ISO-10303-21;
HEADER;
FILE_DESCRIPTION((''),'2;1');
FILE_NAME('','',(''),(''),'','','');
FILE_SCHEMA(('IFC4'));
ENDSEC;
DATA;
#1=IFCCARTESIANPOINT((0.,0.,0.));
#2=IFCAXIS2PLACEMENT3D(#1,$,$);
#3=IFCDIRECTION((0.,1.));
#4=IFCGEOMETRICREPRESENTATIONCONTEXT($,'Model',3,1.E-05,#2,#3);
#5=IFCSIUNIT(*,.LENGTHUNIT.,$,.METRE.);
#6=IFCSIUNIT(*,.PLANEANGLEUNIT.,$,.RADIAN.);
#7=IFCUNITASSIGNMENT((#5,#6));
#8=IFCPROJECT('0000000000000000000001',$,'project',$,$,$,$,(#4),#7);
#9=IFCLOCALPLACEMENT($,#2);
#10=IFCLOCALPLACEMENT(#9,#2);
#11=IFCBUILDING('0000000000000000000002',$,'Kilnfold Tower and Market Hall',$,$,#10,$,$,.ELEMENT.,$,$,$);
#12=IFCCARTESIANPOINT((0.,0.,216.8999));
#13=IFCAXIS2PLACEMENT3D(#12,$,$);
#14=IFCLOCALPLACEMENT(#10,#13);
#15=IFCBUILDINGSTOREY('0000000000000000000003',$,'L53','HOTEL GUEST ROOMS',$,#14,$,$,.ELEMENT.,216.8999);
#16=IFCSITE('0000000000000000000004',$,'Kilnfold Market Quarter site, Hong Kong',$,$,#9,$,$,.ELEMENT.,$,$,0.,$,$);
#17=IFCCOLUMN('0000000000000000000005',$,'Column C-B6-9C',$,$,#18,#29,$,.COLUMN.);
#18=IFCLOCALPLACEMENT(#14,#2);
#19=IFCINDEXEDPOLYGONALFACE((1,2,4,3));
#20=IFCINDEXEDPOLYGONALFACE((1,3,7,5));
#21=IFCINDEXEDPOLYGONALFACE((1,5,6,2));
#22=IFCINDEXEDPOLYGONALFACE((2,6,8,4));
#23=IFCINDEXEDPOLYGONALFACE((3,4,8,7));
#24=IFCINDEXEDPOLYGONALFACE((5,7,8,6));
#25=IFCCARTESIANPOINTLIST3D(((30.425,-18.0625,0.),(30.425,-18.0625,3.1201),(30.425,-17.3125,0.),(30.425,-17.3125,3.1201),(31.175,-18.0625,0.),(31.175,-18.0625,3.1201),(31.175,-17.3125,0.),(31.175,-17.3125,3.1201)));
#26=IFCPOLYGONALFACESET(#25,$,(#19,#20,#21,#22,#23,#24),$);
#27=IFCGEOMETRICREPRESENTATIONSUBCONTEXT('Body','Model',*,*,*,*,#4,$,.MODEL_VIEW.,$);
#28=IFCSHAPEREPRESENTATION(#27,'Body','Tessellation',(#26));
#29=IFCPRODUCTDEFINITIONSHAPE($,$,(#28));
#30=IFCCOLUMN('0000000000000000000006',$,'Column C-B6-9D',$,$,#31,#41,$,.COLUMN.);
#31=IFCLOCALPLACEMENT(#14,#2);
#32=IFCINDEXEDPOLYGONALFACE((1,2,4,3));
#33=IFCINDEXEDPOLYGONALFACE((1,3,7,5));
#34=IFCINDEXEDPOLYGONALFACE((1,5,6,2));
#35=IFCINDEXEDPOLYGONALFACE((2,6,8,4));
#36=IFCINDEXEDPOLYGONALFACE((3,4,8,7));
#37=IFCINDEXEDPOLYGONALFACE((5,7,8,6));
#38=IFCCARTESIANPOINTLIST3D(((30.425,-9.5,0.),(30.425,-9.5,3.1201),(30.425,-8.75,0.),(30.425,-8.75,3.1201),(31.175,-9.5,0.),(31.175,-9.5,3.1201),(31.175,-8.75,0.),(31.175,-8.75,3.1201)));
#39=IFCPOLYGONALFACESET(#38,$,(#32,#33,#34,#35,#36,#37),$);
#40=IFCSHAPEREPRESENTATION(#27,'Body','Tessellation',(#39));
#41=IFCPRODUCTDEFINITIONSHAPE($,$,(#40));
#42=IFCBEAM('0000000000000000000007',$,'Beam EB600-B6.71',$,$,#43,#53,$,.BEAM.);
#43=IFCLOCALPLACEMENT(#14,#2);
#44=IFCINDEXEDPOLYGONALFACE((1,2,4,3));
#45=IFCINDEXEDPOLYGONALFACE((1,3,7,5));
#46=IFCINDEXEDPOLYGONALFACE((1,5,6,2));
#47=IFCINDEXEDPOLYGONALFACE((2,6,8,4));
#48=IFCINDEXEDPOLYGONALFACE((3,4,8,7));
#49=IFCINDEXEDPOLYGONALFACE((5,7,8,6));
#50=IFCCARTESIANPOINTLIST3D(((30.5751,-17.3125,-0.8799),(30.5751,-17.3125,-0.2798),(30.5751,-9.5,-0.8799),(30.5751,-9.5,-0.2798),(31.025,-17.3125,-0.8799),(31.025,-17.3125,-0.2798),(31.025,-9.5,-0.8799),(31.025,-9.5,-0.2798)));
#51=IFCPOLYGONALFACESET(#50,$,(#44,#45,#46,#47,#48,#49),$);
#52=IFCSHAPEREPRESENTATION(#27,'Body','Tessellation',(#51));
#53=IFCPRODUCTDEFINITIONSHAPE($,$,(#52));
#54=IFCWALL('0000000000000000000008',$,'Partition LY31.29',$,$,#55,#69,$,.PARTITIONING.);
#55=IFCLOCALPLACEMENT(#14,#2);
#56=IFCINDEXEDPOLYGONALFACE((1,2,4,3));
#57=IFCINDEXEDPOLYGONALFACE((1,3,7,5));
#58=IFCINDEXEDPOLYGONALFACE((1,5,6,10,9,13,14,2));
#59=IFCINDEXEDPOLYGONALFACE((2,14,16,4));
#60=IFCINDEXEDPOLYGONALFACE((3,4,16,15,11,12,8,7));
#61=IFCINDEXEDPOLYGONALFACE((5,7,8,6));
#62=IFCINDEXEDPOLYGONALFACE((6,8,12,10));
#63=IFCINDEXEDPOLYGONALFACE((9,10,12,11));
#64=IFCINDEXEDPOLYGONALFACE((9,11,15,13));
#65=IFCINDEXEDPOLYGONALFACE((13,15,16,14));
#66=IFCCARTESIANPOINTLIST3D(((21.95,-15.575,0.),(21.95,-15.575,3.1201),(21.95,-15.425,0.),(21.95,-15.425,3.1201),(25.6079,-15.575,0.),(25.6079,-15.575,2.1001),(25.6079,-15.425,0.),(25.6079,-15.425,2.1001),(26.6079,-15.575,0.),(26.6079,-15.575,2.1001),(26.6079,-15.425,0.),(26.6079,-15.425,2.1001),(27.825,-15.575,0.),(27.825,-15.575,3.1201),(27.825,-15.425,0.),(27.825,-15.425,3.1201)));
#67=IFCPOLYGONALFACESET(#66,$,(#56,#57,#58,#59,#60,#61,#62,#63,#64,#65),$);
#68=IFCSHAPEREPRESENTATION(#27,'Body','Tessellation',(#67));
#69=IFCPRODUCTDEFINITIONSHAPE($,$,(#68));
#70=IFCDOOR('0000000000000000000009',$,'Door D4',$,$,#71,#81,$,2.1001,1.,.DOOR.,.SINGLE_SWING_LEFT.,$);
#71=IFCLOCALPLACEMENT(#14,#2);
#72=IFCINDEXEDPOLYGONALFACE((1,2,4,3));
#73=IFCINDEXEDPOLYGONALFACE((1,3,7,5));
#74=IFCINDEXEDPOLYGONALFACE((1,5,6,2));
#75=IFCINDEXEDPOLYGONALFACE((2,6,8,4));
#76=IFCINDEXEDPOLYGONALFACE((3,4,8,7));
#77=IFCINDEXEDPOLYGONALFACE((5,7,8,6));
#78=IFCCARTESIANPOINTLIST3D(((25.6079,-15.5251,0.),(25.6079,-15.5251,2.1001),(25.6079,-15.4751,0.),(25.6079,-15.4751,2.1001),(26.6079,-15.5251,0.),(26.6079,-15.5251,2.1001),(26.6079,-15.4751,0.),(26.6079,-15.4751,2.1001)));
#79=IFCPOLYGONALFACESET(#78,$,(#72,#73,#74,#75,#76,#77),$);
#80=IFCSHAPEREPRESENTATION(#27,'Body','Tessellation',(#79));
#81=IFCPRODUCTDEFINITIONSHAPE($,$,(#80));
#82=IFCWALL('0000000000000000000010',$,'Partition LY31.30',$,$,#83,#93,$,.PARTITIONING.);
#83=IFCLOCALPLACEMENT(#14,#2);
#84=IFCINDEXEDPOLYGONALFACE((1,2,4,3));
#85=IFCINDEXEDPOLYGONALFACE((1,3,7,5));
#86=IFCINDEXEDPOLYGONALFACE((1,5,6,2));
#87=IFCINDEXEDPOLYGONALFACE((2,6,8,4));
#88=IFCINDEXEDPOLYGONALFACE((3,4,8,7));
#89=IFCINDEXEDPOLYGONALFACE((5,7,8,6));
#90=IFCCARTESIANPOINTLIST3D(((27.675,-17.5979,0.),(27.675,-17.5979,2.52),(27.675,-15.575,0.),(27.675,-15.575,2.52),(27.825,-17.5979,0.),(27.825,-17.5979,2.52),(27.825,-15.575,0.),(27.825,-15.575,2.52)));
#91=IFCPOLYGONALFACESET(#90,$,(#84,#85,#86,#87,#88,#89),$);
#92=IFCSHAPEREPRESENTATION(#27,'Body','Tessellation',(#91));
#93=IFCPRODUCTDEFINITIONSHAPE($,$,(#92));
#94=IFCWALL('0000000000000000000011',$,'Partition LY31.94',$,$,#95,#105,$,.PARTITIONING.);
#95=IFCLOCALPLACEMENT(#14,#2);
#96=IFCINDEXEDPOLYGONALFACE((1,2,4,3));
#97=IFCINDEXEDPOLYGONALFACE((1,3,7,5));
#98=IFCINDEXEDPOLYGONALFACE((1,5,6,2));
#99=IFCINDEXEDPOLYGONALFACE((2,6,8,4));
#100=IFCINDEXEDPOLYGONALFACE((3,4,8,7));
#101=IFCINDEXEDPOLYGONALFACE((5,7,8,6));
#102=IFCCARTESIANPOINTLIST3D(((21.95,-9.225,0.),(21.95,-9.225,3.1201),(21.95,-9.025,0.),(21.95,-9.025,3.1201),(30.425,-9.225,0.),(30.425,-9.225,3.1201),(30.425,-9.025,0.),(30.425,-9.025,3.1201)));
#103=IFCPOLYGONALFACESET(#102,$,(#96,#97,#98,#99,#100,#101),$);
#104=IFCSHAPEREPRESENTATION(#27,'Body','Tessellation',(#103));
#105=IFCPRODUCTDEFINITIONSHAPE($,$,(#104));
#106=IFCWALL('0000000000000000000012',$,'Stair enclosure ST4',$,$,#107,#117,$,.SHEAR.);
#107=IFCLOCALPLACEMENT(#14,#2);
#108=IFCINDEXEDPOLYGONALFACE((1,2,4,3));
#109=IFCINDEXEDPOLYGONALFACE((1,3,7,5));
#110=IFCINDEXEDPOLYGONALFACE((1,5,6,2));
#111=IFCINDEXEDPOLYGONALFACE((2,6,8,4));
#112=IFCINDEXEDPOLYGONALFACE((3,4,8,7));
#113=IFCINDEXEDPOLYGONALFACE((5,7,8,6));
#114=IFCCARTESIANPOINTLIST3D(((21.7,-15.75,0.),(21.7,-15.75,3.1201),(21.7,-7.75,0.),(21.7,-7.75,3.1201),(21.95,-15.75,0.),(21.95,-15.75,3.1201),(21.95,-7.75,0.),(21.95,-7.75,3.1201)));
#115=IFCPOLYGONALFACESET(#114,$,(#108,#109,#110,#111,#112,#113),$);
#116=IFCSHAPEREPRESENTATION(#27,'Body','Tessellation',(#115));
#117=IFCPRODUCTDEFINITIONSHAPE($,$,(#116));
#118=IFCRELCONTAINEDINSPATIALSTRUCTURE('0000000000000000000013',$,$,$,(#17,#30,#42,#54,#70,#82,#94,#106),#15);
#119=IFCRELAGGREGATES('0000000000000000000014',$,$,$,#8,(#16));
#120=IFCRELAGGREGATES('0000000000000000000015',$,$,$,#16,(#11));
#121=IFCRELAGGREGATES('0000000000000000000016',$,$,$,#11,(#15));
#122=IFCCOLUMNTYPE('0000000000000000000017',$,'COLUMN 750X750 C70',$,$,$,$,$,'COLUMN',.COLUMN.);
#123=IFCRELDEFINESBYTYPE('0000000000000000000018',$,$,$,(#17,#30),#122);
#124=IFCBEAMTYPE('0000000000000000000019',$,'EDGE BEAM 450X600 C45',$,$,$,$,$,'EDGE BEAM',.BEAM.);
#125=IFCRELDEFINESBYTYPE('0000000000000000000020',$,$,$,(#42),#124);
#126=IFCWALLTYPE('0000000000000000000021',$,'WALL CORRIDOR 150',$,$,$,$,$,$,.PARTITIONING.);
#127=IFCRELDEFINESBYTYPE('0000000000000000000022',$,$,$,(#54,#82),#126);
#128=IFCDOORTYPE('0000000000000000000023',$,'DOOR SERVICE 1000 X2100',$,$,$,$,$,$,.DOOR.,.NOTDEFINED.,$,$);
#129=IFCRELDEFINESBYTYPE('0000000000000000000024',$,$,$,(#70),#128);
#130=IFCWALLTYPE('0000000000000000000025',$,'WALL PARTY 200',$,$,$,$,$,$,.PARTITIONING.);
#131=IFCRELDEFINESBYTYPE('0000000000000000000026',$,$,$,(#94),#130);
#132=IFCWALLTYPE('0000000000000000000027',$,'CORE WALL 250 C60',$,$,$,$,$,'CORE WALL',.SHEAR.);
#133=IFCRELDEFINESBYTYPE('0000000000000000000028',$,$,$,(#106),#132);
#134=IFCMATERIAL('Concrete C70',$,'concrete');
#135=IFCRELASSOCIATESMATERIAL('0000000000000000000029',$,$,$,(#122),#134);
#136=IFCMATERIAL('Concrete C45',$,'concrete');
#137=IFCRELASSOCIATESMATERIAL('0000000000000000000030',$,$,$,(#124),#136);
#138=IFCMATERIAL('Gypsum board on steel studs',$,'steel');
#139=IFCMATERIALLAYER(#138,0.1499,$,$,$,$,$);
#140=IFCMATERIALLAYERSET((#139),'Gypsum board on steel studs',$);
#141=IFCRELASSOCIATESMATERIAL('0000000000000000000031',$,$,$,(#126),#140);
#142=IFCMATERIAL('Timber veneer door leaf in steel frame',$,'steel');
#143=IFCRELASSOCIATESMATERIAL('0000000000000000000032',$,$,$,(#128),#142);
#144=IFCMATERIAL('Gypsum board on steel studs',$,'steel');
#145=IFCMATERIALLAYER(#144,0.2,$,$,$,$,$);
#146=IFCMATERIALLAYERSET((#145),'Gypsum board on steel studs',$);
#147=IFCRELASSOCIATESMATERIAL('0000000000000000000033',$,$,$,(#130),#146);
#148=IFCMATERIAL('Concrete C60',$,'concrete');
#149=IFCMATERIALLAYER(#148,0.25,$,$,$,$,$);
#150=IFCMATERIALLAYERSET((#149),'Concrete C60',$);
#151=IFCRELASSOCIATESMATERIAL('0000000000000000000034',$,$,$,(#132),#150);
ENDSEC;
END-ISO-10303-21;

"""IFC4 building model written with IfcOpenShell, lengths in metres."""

from ifc_helpers import new_model, si_unit, direction, frame, frame_2d, origin, origin_2d, place, context, subcontext, project, spatial, rectangle, extrude, source, transform, mapped, material, layer, layer_set, material_profile, profile_set, type_object, element, fill, save


model = new_model("IFC4")

# Units and contexts
model_context = context("Model", 3, precision=1e-05, world=origin(), true_north=direction((0.0, 1.0)))
body_context = subcontext(model_context, "Body", "Model", "MODEL_VIEW")
ifc_project = project(units=[si_unit("LENGTHUNIT", "METRE"), si_unit("PLANEANGLEUNIT", "RADIAN")], contexts=[model_context])

# Site, building, storey
site_placement = place(None, origin())
site = spatial("IfcSite", under=ifc_project, at=site_placement, Name="Kilnfold Market Quarter site, Hong Kong", CompositionType="ELEMENT", RefElevation=0.0)
building_placement = place(site_placement, origin())
building = spatial("IfcBuilding", under=site, at=building_placement, Name="Kilnfold Tower and Market Hall", CompositionType="ELEMENT")
storey_placement = place(building_placement, frame((0.0, 0.0, 216.8999)))
storey = spatial("IfcBuildingStorey", under=building, at=storey_placement, Name="L53", Description="HOTEL GUEST ROOMS", CompositionType="ELEMENT", Elevation=216.8999)

# Columns
ifc_material_1 = material(Name="Concrete C70", Category="concrete")
ifc_material_profile_1 = material_profile(ifc_material_1, rectangle(XDim=0.75, YDim=0.75, at=origin_2d()), Name="RC 750x750")
ifc_profile_set_1 = profile_set([ifc_material_profile_1], Name="Concrete C70")
column_type = type_object("IfcColumnType", Name="COLUMN 750X750 C70", ElementType="COLUMN", PredefinedType="COLUMN", material=ifc_profile_set_1)
shared_shape_1 = source(origin(), body_context, "Body", "SweptSolid", [
    extrude(rectangle(XDim=0.75, YDim=0.75, at=origin_2d()), origin(), (0.0, 0.0, 1.0), 3.1201),
])
for number, where, z_axis, x_axis, name in (
    (1, (30.8, -17.6875, 0.0), (0.0, 0.0, 1.0), (1.0, 0.0, 0.0), "Column C-B6-9C"),
    (2, (30.8, -9.125, 0.0), (0.0, 0.0, 1.0), (1.0, 0.0, 0.0), "Column C-B6-9D"),
):
    element("IfcColumn", number, at=place(storey_placement, frame(where, z_axis=z_axis, x_axis=x_axis)), inside=storey, type_object=column_type, Name=name, PredefinedType="COLUMN", context=body_context, shape_type="MappedRepresentation", body=[
        mapped(shared_shape_1, transform((0.0, 0.0, 0.0))),
    ])

# Beam
ifc_material_2 = material(Name="Concrete C45", Category="concrete")
ifc_material_profile_2 = material_profile(ifc_material_2, rectangle(XDim=0.45, YDim=0.6001, at=origin_2d()), Name="RC 450x600")
ifc_profile_set_2 = profile_set([ifc_material_profile_2], Name="Concrete C45")
beam_type = type_object("IfcBeamType", Name="EDGE BEAM 450X600 C45", ElementType="EDGE BEAM", PredefinedType="BEAM", material=ifc_profile_set_2)
shared_shape_2 = source(origin(), body_context, "Body", "SweptSolid", [
    extrude(rectangle(XDim=0.45, YDim=0.6001, at=origin_2d()), origin(), (0.0, 0.0, 1.0), 7.8125),
])
beam_placement = place(storey_placement, frame((30.8, -17.3125, -0.5798), z_axis=(0.0, 1.0, 0.0), x_axis=(-1.0, 0.0, 0.0)))
element("IfcBeam", 3, at=beam_placement, inside=storey, type_object=beam_type, Name="Beam EB600-B6.71", PredefinedType="BEAM", context=body_context, shape_type="MappedRepresentation", body=[
    mapped(shared_shape_2, transform((0.0, 0.0, 0.0))),
])

# Wall, opening, door
ifc_material_3 = material(Name="Gypsum board on steel studs", Category="steel")
ifc_layer_1 = layer(ifc_material_3, 0.1499)
ifc_layer_set_1 = layer_set([ifc_layer_1], Name="Gypsum board on steel studs")
wall_type_1 = type_object("IfcWallType", Name="WALL CORRIDOR 150", PredefinedType="PARTITIONING", material=ifc_layer_set_1)
wall_1_placement = place(storey_placement, frame((21.95, -15.5, 0.0), z_axis=(0.0, 0.0, 1.0), x_axis=(1.0, 0.0, 0.0)))
wall_1 = element("IfcWall", 4, at=wall_1_placement, inside=storey, type_object=wall_type_1, Name="Partition LY31.29", PredefinedType="PARTITIONING", context=body_context, shape_type="SweptSolid", body=[
    extrude(rectangle(XDim=5.875, YDim=0.1499, at=frame_2d((2.9375, 0.0))), origin(), (0.0, 0.0, 1.0), 3.1201),
])
opening_1_placement = place(wall_1_placement, frame((3.658, 0.0, 0.0)))
opening_1 = element("IfcOpeningElement", 5, at=opening_1_placement, cuts=wall_1, PredefinedType="OPENING", context=body_context, shape_type="SweptSolid", body=[
    extrude(rectangle(XDim=1.0, YDim=2.1001, at=frame_2d((0.5, 1.05))), frame((0.0, 0.085, 0.0), z_axis=(0.0, -1.0, 0.0), x_axis=(1.0, 0.0, 0.0)), (0.0, 0.0, 1.0), 0.1699),
])
ifc_material_4 = material(Name="Timber veneer door leaf in steel frame", Category="steel")
door_type_1 = type_object("IfcDoorType", Name="DOOR SERVICE 1000 X2100", OperationType="NOTDEFINED", PredefinedType="DOOR", material=ifc_material_4)
door_1_placement = place(opening_1_placement, origin())
door_1 = element("IfcDoor", 6, at=door_1_placement, inside=storey, type_object=door_type_1, Name="Door D4", OperationType="SINGLE_SWING_LEFT", OverallHeight=2.1001, OverallWidth=1.0, PredefinedType="DOOR", context=body_context, shape_type="SweptSolid", body=[
    extrude(rectangle(XDim=1.0, YDim=2.1001, at=frame_2d((0.5, 1.05))), frame((0.0, 0.0249, 0.0), z_axis=(0.0, -1.0, 0.0), x_axis=(1.0, 0.0, 0.0)), (0.0, 0.0, 1.0), 0.05),
])
fill(opening_1, door_1)

# Walls
wall_2_placement = place(storey_placement, frame((27.75, -17.5979, 0.0), z_axis=(0.0, 0.0, 1.0), x_axis=(0.0, 1.0, 0.0)))
element("IfcWall", 7, at=wall_2_placement, inside=storey, type_object=wall_type_1, Name="Partition LY31.30", PredefinedType="PARTITIONING", context=body_context, shape_type="SweptSolid", body=[
    extrude(rectangle(XDim=2.0229, YDim=0.1499, at=frame_2d((1.0115, 0.0))), origin(), (0.0, 0.0, 1.0), 2.52),
])
ifc_material_5 = material(Name="Gypsum board on steel studs", Category="steel")
ifc_layer_2 = layer(ifc_material_5, 0.2)
ifc_layer_set_2 = layer_set([ifc_layer_2], Name="Gypsum board on steel studs")
wall_type_2 = type_object("IfcWallType", Name="WALL PARTY 200", PredefinedType="PARTITIONING", material=ifc_layer_set_2)
wall_3_placement = place(storey_placement, frame((21.95, -9.125, 0.0), z_axis=(0.0, 0.0, 1.0), x_axis=(1.0, 0.0, 0.0)))
element("IfcWall", 8, at=wall_3_placement, inside=storey, type_object=wall_type_2, Name="Partition LY31.94", PredefinedType="PARTITIONING", context=body_context, shape_type="SweptSolid", body=[
    extrude(rectangle(XDim=8.4751, YDim=0.2, at=frame_2d((4.2375, 0.0))), origin(), (0.0, 0.0, 1.0), 3.1201),
])
ifc_material_6 = material(Name="Concrete C60", Category="concrete")
ifc_layer_3 = layer(ifc_material_6, 0.25)
ifc_layer_set_3 = layer_set([ifc_layer_3], Name="Concrete C60")
wall_type_3 = type_object("IfcWallType", Name="CORE WALL 250 C60", ElementType="CORE WALL", PredefinedType="SHEAR", material=ifc_layer_set_3)
shared_shape_3 = source(origin(), body_context, "Body", "SweptSolid", [
    extrude(rectangle(XDim=8.0, YDim=0.25, at=frame_2d((4.0, 0.0))), origin(), (0.0, 0.0, 1.0), 3.1201),
])
wall_4_placement = place(storey_placement, frame((21.825, -15.75, 0.0), z_axis=(0.0, 0.0, 1.0), x_axis=(0.0, 1.0, 0.0)))
element("IfcWall", 9, at=wall_4_placement, inside=storey, type_object=wall_type_3, Name="Stair enclosure ST4", PredefinedType="SHEAR", context=body_context, shape_type="MappedRepresentation", body=[
    mapped(shared_shape_3, transform((0.0, 0.0, 0.0))),
])

save(model, "model.ifc")
